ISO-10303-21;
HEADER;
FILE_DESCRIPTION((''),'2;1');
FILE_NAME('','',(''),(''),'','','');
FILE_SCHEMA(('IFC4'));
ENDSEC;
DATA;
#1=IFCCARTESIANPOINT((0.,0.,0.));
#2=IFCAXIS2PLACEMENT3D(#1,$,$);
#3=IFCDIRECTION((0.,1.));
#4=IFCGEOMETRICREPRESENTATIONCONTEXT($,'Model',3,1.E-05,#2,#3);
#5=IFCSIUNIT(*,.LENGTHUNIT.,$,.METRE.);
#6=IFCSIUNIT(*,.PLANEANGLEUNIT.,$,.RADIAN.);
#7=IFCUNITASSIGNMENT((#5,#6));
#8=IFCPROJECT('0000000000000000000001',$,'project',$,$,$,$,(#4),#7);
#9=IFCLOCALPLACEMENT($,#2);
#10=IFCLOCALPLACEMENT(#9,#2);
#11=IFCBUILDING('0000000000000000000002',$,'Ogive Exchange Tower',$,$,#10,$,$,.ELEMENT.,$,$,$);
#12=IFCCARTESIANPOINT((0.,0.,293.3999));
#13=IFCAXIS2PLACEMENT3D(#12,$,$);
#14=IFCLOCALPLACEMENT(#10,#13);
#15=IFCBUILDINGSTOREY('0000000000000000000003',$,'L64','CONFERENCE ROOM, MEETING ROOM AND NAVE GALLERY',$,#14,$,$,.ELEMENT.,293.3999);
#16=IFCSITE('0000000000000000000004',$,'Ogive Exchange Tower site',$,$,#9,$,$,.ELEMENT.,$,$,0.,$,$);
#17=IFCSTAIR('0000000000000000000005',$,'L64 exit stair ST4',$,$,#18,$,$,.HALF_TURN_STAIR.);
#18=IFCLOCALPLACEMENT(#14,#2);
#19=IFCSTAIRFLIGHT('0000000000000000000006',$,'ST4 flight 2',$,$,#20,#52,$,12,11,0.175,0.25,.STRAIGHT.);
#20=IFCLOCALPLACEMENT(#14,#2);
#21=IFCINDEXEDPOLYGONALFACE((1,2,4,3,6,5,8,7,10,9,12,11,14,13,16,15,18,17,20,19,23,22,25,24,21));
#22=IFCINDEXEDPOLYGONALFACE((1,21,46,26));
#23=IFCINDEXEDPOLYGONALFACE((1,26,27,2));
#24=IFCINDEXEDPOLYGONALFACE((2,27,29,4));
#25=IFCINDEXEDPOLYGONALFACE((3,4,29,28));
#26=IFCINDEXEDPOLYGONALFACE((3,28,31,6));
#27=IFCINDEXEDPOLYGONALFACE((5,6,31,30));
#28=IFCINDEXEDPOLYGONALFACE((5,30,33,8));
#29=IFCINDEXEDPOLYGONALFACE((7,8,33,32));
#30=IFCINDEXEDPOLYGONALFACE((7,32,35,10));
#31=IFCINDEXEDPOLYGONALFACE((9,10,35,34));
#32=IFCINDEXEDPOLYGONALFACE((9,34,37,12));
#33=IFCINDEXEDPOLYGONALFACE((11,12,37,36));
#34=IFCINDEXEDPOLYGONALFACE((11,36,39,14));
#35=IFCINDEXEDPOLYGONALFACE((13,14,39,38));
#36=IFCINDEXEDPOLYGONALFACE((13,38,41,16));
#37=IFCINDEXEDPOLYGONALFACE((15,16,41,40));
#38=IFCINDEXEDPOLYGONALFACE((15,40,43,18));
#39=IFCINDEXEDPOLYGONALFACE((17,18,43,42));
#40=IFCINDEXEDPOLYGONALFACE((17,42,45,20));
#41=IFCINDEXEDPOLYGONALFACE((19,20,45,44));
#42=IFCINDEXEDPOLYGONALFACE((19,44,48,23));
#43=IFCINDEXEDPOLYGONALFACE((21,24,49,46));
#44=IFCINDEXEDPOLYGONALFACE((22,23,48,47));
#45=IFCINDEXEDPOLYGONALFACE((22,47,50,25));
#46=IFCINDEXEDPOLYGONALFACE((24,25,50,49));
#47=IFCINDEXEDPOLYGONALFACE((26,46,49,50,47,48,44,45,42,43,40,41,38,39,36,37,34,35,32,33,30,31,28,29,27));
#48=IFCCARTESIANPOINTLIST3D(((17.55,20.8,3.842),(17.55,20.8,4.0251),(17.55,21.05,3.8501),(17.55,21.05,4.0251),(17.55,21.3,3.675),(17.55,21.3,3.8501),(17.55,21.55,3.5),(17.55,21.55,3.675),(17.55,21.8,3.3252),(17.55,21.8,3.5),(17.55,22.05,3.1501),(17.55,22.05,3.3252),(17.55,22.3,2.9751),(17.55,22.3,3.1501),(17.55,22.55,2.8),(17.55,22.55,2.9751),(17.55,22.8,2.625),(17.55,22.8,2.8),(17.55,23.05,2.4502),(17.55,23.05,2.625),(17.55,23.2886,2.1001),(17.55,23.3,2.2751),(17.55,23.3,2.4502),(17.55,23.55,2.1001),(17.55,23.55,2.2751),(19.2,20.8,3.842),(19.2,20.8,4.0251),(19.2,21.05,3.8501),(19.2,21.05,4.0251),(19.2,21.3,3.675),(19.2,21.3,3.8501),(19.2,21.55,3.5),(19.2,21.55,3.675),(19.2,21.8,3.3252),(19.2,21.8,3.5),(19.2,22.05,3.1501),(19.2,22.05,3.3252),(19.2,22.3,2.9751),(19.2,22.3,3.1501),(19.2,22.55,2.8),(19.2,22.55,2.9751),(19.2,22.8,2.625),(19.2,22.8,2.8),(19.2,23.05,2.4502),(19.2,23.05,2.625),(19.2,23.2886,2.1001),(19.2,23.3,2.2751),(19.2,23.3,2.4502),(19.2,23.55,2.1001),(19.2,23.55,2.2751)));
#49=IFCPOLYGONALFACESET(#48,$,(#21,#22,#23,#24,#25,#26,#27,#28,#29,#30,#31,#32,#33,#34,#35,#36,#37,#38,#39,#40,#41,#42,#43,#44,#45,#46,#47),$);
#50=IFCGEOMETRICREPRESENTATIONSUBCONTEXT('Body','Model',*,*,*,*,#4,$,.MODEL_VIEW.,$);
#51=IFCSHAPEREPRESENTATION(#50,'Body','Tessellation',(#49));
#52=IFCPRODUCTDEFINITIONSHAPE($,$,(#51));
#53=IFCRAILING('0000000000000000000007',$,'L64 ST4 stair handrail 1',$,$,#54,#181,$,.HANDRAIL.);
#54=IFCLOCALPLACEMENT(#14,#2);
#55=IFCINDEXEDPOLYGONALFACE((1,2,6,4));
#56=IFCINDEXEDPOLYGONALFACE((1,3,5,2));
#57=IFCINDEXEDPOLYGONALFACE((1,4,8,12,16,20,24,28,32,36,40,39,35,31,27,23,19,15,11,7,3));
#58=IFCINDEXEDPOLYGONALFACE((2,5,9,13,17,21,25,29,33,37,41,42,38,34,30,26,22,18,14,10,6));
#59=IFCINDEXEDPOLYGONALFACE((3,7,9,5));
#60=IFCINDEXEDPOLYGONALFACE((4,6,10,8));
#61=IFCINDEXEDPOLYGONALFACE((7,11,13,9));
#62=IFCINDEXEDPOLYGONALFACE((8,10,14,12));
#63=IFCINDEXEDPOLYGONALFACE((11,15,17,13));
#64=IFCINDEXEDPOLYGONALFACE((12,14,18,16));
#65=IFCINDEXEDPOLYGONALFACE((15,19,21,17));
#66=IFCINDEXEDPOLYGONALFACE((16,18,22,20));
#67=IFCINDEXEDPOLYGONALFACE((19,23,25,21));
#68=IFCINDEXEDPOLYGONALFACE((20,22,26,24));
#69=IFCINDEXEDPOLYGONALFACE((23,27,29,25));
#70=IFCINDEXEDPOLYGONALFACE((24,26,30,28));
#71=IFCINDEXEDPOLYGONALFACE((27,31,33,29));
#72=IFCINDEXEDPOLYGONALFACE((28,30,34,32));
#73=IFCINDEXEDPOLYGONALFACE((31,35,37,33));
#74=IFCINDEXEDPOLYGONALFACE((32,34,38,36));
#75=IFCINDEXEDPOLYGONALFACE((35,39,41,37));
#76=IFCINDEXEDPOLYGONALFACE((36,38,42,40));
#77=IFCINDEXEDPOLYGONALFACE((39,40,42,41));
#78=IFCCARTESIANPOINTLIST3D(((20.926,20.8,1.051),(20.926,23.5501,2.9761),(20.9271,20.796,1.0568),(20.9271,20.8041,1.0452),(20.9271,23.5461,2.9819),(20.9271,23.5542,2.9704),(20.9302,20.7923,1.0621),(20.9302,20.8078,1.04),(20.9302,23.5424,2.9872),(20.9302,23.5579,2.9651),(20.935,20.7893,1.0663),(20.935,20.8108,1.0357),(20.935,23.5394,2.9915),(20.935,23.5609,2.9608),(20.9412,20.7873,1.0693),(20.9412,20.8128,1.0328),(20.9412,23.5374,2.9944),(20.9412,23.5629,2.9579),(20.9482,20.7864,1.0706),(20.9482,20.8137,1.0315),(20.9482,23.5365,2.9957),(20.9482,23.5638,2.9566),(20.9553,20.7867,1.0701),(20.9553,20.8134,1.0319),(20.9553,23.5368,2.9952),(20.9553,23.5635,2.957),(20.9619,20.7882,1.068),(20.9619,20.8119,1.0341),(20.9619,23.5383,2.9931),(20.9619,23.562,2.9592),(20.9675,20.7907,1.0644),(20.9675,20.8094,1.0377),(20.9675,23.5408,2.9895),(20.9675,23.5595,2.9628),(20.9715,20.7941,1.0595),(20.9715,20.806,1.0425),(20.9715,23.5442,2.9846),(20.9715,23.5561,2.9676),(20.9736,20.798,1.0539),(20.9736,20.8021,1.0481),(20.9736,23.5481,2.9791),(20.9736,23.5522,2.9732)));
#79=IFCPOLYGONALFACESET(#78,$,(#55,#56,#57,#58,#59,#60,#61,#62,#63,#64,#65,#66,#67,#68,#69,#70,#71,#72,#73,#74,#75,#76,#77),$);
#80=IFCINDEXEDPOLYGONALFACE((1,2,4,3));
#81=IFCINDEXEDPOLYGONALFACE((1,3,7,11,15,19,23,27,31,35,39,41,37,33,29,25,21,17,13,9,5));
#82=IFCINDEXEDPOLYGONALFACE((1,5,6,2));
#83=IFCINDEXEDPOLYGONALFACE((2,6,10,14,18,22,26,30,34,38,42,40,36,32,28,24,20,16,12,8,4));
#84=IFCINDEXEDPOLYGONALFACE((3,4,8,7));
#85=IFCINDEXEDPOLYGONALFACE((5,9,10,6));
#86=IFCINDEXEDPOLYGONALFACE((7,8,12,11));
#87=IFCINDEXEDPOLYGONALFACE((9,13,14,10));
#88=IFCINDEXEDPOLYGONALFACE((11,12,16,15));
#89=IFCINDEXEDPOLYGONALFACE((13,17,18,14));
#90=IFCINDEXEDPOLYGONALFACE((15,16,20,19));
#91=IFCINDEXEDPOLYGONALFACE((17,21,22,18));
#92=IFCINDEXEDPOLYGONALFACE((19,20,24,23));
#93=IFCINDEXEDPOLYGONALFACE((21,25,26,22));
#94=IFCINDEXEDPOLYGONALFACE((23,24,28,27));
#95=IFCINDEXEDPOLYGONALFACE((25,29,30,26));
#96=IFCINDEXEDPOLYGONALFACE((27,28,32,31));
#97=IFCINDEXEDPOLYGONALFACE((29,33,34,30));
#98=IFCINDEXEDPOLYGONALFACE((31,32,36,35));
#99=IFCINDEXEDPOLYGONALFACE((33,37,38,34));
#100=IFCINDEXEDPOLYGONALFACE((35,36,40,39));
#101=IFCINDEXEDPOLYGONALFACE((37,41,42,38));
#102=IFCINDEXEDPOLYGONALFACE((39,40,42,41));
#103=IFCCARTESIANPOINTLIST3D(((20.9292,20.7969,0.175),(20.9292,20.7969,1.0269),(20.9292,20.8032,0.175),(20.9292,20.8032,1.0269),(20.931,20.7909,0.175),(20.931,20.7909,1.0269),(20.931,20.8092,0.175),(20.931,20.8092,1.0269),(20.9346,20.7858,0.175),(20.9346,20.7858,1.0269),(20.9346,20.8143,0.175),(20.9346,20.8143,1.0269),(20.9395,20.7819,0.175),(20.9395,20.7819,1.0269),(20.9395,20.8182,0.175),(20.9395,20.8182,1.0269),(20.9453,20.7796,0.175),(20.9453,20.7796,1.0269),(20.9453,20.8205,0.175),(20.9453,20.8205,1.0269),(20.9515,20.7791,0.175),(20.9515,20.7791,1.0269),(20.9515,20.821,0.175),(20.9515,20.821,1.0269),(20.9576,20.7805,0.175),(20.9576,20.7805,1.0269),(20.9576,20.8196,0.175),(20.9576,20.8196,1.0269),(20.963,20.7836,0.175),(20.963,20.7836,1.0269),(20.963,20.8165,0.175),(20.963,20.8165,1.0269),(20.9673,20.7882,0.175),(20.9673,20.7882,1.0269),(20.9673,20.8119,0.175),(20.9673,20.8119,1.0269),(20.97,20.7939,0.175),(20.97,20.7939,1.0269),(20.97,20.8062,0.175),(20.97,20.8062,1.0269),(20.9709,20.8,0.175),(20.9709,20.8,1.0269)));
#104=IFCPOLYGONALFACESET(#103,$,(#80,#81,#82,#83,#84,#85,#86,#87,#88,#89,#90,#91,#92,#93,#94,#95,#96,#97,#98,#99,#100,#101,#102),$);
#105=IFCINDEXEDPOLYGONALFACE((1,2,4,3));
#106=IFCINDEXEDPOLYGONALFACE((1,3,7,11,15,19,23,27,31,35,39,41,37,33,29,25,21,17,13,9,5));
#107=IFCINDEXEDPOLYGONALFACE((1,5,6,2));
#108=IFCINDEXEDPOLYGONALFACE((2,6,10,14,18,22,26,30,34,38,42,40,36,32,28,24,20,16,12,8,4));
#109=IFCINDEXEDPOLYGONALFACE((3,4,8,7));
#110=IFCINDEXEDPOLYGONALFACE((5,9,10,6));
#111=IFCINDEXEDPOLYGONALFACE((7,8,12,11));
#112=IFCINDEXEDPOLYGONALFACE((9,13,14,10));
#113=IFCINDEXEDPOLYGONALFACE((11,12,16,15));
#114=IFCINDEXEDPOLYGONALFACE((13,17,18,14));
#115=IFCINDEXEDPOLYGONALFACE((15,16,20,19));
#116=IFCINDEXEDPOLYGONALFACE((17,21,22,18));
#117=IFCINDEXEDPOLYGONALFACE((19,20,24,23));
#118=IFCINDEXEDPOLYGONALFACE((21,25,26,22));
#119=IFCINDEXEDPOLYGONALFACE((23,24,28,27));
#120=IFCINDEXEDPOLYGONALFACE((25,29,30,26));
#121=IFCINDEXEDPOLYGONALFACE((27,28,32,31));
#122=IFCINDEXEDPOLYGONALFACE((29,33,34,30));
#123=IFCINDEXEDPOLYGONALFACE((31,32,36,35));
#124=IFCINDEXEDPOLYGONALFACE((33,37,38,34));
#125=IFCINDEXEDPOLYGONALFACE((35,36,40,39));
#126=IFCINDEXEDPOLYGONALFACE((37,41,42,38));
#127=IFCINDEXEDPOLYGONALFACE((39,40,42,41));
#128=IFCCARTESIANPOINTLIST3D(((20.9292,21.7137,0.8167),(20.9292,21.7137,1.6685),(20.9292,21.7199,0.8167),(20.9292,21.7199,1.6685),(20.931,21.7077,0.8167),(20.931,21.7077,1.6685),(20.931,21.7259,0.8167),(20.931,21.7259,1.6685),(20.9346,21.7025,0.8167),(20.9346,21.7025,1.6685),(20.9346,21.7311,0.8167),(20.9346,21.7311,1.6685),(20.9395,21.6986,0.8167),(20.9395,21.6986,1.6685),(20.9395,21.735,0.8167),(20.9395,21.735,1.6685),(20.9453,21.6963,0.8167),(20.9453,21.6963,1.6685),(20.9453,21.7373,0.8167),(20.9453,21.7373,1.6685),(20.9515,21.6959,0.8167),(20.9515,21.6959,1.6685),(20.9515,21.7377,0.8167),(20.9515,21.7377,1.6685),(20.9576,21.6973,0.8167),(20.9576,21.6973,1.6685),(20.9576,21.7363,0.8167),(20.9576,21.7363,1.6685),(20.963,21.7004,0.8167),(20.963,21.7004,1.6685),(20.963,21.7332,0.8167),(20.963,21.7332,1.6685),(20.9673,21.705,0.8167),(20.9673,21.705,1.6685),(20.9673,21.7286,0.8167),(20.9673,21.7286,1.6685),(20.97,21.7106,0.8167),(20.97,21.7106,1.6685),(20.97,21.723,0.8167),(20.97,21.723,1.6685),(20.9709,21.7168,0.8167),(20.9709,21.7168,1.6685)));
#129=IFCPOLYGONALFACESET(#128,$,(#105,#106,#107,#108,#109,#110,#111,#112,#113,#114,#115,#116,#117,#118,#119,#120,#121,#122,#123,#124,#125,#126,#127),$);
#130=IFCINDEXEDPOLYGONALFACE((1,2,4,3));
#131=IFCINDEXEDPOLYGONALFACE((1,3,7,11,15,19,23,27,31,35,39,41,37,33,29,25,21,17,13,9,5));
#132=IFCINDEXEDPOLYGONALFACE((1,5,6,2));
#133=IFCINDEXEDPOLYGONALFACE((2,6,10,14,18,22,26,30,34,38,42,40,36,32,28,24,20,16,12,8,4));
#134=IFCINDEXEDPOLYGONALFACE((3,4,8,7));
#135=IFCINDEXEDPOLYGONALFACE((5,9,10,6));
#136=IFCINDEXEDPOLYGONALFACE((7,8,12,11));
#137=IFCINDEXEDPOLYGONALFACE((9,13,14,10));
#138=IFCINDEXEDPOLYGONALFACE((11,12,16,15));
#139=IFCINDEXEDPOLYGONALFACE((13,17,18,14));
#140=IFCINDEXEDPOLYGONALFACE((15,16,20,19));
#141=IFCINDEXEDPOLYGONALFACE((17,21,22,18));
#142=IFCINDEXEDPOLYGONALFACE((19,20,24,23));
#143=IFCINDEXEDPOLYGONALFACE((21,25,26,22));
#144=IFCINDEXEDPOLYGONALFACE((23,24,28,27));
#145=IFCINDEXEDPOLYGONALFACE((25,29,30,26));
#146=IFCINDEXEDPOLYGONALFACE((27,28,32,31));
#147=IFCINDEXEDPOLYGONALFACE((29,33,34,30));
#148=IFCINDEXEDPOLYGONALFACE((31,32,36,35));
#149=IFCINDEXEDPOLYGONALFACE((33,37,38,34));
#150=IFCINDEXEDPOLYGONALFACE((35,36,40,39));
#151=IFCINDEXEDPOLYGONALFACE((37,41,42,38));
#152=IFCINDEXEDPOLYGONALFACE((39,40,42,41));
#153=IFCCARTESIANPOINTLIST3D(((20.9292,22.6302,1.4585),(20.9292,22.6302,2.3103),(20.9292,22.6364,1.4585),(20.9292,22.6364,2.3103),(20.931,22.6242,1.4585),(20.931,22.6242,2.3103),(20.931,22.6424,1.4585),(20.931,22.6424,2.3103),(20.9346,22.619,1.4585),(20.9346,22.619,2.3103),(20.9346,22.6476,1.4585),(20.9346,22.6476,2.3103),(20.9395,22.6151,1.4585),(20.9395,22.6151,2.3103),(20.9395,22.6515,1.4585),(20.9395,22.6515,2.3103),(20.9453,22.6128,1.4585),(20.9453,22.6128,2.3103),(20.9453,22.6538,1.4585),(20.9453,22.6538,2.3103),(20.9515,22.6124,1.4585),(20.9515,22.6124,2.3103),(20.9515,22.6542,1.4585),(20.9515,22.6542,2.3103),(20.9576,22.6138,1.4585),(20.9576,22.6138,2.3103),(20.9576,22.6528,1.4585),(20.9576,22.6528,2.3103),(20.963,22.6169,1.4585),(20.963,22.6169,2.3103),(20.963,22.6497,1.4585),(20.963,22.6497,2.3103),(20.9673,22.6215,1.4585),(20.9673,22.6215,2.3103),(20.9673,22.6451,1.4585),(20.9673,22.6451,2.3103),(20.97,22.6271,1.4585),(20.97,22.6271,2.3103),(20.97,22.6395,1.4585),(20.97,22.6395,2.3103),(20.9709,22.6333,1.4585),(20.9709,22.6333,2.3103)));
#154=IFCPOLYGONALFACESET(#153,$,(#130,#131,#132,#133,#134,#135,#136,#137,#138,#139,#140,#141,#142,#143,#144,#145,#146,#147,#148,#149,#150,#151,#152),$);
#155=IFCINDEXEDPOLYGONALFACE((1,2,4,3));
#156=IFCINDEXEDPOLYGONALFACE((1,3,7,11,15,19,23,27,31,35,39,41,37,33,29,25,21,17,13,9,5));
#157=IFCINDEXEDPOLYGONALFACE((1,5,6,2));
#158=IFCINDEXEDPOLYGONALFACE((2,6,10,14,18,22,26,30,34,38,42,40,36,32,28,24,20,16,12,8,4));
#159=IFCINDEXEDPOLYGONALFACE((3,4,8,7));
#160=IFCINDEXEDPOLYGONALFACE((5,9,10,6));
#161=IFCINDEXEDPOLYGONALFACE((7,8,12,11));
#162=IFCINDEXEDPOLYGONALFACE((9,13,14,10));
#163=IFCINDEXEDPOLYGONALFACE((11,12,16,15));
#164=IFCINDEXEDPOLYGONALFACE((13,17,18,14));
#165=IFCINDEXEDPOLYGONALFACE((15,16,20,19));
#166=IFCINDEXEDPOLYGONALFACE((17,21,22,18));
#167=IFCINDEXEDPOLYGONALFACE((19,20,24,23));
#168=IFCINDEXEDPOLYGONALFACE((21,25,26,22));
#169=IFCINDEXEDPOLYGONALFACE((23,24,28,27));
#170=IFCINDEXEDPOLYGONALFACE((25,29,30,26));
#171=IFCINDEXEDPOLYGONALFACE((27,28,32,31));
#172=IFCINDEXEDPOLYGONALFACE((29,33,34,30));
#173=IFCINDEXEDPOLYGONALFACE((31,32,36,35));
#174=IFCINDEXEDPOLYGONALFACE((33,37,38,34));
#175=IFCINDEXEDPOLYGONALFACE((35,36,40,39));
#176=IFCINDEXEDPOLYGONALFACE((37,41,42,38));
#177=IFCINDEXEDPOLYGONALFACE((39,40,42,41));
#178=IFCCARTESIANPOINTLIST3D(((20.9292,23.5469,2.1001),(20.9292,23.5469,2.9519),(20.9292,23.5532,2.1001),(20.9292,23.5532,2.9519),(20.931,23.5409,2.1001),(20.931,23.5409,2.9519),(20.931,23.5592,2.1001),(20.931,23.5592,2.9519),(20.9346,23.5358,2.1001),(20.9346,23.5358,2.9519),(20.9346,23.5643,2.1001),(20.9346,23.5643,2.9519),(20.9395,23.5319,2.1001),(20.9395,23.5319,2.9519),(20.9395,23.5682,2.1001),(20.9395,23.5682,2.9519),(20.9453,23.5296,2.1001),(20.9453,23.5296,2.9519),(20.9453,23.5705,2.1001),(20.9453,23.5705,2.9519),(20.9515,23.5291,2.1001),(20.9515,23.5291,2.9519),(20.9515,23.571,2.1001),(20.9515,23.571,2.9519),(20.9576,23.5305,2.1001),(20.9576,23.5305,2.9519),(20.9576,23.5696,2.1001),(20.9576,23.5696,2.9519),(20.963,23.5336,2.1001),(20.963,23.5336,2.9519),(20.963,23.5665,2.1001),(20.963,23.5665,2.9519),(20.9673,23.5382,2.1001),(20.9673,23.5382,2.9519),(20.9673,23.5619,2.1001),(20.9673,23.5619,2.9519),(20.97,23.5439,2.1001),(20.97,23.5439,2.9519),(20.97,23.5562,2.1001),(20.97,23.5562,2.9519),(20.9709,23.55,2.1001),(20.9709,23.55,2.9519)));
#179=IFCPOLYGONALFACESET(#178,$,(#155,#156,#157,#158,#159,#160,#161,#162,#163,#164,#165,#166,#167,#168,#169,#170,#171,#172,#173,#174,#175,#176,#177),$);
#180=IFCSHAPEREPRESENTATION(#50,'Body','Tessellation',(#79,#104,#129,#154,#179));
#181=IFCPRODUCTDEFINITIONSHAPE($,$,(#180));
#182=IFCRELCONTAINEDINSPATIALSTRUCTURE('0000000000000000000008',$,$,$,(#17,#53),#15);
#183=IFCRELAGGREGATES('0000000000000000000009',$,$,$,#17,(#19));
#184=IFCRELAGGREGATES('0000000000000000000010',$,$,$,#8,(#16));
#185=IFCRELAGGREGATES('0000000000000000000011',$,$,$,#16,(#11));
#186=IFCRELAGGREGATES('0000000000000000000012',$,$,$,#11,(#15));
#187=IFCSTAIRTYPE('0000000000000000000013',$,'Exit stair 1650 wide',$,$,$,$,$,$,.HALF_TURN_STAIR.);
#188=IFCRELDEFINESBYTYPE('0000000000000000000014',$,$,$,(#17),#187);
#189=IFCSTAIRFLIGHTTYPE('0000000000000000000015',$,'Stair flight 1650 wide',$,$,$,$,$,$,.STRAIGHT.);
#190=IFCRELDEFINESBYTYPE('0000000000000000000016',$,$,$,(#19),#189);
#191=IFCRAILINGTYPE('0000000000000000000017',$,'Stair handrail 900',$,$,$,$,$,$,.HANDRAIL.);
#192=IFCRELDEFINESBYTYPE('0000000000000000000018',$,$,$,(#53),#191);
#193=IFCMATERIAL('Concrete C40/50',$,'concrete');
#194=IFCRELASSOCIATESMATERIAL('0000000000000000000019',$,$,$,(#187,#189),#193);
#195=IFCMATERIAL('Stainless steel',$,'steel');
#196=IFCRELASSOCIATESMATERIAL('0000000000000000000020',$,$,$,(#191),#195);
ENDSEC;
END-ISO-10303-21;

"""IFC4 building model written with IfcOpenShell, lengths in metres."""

from ifc_helpers import new_model, si_unit, direction, frame, origin, origin_2d, place, context, subcontext, project, spatial, polyline, circle, outline, extrude, material, type_object, element, aggregate, save


model = new_model("IFC4")

# Units and contexts
model_context = context("Model", 3, precision=1e-05, world=origin(), true_north=direction((0.0, 1.0)))
body_context = subcontext(model_context, "Body", "Model", "MODEL_VIEW")
ifc_project = project(units=[si_unit("LENGTHUNIT", "METRE"), si_unit("PLANEANGLEUNIT", "RADIAN")], contexts=[model_context])

# Site, building, storey
site_placement = place(None, origin())
site = spatial("IfcSite", under=ifc_project, at=site_placement, Name="Ogive Exchange Tower site", CompositionType="ELEMENT", RefElevation=0.0)
building_placement = place(site_placement, origin())
building = spatial("IfcBuilding", under=site, at=building_placement, Name="Ogive Exchange Tower", CompositionType="ELEMENT")
storey_placement = place(building_placement, frame((0.0, 0.0, 293.3999)))
storey = spatial("IfcBuildingStorey", under=building, at=storey_placement, Name="L64", Description="CONFERENCE ROOM, MEETING ROOM AND NAVE GALLERY", CompositionType="ELEMENT", Elevation=293.3999)

# Stair, stair flight
ifc_material_1 = material(Name="Concrete C40/50", Category="concrete")
stair_type = type_object("IfcStairType", Name="Exit stair 1650 wide", PredefinedType="HALF_TURN_STAIR", material=ifc_material_1)
stair_placement = place(storey_placement, origin())
stair = element("IfcStair", 1, at=stair_placement, inside=storey, type_object=stair_type, Name="L64 exit stair ST4", PredefinedType="HALF_TURN_STAIR")
stair_flight_type = type_object("IfcStairFlightType", Name="Stair flight 1650 wide", PredefinedType="STRAIGHT", material=ifc_material_1)
stair_flight_1_placement = place(storey_placement, frame((18.375, 23.55, 2.1001), z_axis=(0.0, 0.0, 1.0), x_axis=(0.0, -1.0, 0.0)))
stair_flight_1 = element("IfcStairFlight", 2, at=stair_flight_1_placement, type_object=stair_flight_type, Name="ST4 flight 2", NumberOfRisers=12, NumberOfTreads=11, PredefinedType="STRAIGHT", RiserHeight=0.175, TreadLength=0.25, context=body_context, shape_type="SweptSolid", body=[
    extrude(outline(polyline([(0.0, 0.0), (0.0, 0.175), (0.25, 0.175), (0.25, 0.3501), (0.5, 0.3501), (0.5, 0.5249), (0.75, 0.5249), (0.75, 0.7), (1.0, 0.7), (1.0, 0.875), (1.25, 0.875), (1.25, 1.05), (1.5, 1.05), (1.5, 1.2251), (1.75, 1.2251), (1.75, 1.3999), (2.0, 1.3999), (2.0, 1.575), (2.25, 1.575), (2.25, 1.75), (2.5, 1.75), (2.5, 1.925), (2.75, 1.925), (2.75, 2.1001), (2.75, 1.7419), (0.2615, 0.0), (0.0, 0.0)])), frame((0.0, 0.825, 0.0), z_axis=(0.0, -1.0, 0.0), x_axis=(1.0, 0.0, 0.0)), (0.0, 0.0, 1.0), 1.6499),
])
aggregate(stair, [stair_flight_1])

# Railing
ifc_material_2 = material(Name="Stainless steel", Category="steel")
railing_type = type_object("IfcRailingType", Name="Stair handrail 900", PredefinedType="HANDRAIL", material=ifc_material_2)
railing_placement = place(storey_placement, frame((20.95, 20.8, 0.175)))
element("IfcRailing", 3, at=railing_placement, inside=storey, type_object=railing_type, Name="L64 ST4 stair handrail 1", PredefinedType="HANDRAIL", context=body_context, shape_type="SweptSolid", body=[
    extrude(circle(Radius=0.0239, at=origin_2d()), frame((0.0, 0.0, 0.876), z_axis=(0.0, 0.819225, 0.573472), x_axis=(-1.0, 0.0, 0.0)), (0.0, 0.0, 1.0), 3.3569),
    extrude(circle(Radius=0.021, at=origin_2d()), origin(), (0.0, 0.0, 1.0), 0.8518),
    extrude(circle(Radius=0.021, at=origin_2d()), frame((0.0, 0.9167, 0.6416)), (0.0, 0.0, 1.0), 0.8518),
    extrude(circle(Radius=0.021, at=origin_2d()), frame((0.0, 1.8333, 1.2834)), (0.0, 0.0, 1.0), 0.8518),
    extrude(circle(Radius=0.021, at=origin_2d()), frame((0.0, 2.75, 1.925)), (0.0, 0.0, 1.0), 0.8518),
])

save(model, "model.ifc")
